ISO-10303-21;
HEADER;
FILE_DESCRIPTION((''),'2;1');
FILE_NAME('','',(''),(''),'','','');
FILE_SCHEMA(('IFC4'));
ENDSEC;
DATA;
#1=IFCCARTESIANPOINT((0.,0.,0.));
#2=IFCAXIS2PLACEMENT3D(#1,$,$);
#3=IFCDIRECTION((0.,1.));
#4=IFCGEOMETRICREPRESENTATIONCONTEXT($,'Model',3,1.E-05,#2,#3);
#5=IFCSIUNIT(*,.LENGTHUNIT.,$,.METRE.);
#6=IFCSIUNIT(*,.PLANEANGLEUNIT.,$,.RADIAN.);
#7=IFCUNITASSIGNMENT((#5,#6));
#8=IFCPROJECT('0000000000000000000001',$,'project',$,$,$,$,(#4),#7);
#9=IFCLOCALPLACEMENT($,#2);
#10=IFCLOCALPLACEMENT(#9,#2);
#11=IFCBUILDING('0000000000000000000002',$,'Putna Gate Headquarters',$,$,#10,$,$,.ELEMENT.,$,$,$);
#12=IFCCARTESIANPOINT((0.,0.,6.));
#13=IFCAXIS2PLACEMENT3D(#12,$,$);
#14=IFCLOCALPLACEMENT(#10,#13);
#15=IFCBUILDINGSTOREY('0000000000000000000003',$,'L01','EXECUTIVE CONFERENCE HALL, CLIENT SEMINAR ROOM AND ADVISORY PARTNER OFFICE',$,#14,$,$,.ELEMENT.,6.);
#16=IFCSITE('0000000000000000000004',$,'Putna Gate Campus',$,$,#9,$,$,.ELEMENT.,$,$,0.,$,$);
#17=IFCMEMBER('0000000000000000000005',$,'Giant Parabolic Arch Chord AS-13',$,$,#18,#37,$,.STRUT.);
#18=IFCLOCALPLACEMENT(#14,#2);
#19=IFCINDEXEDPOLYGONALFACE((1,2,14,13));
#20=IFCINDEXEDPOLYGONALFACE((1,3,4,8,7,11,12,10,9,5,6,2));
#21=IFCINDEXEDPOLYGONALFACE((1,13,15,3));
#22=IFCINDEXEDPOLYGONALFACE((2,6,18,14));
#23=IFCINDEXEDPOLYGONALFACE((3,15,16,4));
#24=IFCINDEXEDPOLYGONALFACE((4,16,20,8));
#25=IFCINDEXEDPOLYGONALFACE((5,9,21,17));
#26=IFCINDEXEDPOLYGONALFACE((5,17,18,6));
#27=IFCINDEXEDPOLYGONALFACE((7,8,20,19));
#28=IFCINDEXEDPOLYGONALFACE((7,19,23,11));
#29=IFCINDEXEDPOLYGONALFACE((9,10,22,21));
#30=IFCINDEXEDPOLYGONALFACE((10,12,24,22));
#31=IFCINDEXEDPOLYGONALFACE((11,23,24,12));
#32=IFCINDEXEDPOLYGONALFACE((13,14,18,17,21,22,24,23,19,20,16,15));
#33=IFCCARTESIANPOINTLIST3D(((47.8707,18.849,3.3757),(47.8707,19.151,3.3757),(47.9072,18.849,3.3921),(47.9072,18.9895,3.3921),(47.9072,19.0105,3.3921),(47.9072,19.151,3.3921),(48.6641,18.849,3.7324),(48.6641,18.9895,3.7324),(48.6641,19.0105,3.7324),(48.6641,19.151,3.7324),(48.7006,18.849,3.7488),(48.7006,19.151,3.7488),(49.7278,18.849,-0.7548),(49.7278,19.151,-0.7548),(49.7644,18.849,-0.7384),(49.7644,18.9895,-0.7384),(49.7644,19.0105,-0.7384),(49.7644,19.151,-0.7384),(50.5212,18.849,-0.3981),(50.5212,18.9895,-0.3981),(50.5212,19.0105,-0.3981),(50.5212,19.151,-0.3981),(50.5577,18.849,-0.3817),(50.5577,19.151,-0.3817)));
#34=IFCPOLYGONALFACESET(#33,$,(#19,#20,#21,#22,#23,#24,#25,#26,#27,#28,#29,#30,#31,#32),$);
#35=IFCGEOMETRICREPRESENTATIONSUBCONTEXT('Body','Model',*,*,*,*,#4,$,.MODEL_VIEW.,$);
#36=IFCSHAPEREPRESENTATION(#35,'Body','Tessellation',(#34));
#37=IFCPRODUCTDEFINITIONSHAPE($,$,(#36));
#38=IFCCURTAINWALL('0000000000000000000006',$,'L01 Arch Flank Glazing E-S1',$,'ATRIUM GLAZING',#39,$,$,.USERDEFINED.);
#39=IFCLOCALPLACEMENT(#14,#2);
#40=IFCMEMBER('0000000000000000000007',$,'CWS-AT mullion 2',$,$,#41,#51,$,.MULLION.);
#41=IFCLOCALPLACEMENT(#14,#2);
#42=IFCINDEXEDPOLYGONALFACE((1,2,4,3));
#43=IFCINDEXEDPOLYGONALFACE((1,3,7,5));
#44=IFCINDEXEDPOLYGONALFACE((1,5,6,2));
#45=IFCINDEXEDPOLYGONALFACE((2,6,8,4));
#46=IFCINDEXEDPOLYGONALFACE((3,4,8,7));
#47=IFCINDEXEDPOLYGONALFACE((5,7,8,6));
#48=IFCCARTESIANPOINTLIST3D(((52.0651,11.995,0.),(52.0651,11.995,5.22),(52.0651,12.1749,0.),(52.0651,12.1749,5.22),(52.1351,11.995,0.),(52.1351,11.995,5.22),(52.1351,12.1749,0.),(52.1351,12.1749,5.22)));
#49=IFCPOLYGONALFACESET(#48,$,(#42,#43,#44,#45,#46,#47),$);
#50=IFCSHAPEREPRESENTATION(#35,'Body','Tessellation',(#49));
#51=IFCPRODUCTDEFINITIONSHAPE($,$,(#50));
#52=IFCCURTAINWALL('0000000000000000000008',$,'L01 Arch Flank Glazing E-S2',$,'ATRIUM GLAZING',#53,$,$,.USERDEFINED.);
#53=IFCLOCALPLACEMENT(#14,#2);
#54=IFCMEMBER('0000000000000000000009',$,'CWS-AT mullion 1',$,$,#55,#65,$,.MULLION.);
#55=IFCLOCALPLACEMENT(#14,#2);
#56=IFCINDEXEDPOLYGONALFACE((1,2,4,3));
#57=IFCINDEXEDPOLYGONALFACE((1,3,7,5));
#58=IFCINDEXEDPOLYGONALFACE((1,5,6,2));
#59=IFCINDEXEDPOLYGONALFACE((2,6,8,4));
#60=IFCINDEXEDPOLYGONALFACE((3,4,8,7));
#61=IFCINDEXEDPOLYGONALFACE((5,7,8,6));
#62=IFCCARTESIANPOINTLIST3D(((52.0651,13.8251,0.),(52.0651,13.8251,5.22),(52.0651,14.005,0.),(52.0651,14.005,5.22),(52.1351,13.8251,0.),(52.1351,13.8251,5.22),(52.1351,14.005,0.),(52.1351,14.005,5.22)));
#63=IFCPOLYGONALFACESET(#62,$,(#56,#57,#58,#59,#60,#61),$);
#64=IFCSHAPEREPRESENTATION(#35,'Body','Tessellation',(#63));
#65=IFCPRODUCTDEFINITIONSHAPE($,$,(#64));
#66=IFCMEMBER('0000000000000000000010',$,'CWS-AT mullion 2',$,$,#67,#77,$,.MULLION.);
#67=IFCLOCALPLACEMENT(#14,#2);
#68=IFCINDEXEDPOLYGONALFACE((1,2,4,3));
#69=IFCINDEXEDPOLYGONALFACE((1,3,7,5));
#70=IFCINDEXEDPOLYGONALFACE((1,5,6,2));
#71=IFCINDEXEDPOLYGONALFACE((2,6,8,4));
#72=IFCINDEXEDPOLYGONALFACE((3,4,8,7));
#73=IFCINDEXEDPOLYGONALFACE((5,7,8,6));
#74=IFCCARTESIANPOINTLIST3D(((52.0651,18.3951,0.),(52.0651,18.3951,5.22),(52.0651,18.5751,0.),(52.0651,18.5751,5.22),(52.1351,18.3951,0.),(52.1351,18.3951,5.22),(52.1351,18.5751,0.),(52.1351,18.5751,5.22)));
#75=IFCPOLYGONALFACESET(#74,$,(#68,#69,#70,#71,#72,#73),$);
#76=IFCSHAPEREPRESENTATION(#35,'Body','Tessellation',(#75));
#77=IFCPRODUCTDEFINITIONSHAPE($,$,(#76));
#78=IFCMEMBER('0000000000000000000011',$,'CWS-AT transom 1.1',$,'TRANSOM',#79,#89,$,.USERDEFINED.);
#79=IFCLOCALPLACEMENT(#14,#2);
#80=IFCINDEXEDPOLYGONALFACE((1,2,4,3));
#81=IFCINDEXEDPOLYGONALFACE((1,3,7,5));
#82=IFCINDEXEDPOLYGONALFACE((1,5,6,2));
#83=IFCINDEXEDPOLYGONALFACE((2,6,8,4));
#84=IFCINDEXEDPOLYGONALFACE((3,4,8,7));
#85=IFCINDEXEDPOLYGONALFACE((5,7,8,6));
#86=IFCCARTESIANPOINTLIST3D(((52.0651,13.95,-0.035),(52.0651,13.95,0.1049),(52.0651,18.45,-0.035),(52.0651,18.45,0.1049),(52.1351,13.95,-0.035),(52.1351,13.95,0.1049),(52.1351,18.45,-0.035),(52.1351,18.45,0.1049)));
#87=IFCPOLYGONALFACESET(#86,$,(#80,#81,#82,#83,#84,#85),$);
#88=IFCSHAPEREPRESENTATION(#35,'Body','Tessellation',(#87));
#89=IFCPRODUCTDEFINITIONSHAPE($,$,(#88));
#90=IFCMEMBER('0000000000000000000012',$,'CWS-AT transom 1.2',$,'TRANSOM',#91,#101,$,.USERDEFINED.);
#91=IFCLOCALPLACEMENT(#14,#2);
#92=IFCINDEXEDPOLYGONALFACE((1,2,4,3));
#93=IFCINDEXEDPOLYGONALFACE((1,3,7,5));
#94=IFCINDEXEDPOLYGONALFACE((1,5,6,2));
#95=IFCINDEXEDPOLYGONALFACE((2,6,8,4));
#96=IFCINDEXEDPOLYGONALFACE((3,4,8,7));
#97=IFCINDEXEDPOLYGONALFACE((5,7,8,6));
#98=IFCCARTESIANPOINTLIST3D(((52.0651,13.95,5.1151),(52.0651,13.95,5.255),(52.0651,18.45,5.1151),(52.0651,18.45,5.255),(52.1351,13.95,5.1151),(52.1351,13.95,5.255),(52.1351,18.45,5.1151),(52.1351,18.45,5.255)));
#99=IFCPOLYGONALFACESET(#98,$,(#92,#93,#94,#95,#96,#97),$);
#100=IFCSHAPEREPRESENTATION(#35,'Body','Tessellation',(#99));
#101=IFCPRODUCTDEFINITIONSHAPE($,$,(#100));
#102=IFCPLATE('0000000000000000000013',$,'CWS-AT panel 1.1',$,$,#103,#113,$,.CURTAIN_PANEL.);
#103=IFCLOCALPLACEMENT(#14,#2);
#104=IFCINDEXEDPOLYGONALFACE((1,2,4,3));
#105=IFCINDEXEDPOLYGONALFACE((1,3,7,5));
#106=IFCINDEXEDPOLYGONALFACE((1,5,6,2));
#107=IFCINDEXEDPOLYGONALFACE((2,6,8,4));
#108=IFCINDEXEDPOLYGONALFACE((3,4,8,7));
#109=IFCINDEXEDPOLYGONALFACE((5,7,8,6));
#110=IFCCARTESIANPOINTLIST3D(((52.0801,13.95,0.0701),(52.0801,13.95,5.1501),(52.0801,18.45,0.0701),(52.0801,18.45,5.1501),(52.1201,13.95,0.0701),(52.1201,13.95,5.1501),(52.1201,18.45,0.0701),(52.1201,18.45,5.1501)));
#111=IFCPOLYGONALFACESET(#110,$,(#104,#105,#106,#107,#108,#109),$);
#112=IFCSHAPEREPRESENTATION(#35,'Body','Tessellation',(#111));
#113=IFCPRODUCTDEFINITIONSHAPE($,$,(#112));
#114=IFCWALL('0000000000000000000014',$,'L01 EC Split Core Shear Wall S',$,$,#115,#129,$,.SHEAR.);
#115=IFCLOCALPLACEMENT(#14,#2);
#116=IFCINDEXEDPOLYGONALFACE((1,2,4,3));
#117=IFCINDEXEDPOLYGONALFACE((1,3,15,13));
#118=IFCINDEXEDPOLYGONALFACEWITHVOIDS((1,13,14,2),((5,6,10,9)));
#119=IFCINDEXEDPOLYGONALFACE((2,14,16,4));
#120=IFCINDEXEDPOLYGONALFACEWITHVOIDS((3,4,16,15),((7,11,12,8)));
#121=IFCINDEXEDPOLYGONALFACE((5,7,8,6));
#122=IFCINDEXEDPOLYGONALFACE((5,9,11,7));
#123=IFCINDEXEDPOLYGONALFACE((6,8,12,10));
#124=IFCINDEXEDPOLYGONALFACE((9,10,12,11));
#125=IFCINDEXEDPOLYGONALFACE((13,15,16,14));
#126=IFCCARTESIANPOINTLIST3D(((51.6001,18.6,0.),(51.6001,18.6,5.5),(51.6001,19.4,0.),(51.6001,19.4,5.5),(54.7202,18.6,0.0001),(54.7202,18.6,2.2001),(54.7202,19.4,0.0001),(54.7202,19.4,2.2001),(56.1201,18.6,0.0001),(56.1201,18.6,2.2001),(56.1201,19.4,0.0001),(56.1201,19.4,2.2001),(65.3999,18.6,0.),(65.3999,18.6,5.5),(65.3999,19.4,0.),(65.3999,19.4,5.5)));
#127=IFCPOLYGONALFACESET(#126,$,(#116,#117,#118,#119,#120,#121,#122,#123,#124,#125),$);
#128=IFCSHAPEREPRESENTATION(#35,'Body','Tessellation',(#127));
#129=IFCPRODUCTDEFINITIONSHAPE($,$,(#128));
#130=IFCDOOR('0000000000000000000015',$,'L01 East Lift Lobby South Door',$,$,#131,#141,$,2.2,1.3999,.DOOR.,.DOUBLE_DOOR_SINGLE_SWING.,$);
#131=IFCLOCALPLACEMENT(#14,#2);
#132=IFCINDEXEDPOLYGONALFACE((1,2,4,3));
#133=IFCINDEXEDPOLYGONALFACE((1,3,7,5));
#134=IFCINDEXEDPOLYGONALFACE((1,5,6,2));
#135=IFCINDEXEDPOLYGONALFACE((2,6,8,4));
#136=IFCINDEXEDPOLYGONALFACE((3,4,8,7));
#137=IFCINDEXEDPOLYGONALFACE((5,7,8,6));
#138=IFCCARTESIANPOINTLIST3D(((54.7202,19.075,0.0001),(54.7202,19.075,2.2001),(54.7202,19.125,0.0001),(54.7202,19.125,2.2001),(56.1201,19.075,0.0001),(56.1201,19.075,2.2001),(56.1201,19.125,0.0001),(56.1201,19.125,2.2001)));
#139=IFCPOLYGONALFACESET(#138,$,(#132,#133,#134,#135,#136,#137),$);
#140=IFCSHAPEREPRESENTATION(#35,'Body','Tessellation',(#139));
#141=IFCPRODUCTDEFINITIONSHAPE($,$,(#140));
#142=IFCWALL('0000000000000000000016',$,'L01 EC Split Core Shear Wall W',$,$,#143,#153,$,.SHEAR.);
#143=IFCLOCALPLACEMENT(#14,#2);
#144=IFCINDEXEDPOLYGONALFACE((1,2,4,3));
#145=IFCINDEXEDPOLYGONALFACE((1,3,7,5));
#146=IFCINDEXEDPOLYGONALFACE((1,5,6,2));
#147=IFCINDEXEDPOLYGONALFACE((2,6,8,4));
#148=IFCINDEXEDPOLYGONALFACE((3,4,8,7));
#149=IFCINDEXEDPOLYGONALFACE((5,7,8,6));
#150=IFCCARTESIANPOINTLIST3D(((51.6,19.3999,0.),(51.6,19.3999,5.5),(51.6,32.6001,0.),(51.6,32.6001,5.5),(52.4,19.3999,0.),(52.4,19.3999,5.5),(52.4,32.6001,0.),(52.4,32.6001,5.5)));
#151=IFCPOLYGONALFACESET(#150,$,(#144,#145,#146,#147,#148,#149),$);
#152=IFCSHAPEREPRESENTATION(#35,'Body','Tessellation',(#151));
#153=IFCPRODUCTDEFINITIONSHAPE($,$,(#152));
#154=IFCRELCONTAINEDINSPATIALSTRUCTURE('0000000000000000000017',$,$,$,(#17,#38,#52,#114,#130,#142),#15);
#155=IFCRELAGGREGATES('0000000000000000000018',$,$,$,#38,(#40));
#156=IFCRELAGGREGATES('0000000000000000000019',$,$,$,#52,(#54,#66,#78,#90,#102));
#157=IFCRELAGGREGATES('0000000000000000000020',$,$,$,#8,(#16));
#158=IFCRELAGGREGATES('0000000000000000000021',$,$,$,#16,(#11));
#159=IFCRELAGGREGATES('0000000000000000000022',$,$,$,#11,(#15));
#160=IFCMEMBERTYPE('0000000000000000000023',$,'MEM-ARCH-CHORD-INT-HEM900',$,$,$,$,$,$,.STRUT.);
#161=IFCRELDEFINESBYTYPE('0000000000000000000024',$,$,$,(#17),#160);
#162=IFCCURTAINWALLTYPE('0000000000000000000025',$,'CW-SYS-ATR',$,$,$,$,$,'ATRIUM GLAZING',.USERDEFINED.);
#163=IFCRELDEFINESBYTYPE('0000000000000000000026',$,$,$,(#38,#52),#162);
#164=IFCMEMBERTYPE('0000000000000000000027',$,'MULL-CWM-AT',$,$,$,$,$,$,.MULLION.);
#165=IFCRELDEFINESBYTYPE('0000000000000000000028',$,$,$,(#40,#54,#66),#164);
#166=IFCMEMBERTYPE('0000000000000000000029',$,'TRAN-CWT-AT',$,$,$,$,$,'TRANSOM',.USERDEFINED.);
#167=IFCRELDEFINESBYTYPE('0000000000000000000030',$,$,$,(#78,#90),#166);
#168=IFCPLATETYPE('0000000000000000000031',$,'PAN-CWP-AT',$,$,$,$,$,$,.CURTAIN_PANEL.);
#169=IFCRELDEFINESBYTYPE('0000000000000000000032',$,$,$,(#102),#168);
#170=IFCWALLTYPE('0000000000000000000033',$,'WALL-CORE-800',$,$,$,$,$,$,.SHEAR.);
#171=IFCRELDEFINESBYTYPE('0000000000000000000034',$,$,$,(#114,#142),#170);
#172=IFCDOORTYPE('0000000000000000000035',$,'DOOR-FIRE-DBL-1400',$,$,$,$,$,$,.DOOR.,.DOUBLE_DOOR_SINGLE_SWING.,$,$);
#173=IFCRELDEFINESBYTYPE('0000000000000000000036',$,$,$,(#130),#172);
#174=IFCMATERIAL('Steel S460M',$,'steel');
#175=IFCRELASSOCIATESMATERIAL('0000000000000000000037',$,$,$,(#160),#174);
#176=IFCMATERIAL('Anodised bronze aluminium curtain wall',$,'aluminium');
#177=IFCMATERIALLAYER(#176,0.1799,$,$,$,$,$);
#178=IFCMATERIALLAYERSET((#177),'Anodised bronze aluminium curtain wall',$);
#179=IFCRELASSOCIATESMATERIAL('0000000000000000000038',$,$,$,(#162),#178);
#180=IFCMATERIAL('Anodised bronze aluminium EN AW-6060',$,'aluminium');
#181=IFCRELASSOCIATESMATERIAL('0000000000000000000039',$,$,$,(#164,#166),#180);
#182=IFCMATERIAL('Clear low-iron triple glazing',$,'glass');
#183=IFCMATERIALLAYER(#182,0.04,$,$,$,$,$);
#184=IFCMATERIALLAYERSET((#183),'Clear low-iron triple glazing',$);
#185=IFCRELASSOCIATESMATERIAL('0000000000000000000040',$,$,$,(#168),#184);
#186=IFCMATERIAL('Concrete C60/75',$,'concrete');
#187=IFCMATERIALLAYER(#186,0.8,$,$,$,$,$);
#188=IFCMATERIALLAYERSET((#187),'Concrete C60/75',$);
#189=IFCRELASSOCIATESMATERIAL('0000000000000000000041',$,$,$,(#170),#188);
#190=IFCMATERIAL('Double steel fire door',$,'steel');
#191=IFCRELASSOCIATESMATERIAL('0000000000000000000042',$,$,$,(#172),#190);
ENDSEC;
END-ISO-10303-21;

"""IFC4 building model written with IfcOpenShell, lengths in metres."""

from ifc_helpers import new_model, si_unit, direction, frame, frame_2d, origin, origin_2d, place, context, subcontext, project, spatial, rectangle, i_section, extrude, material, layer, layer_set, material_profile, profile_set, type_object, element, fill, aggregate, save


model = new_model("IFC4")

# Units and contexts
model_context = context("Model", 3, precision=1e-05, world=origin(), true_north=direction((0.0, 1.0)))
body_context = subcontext(model_context, "Body", "Model", "MODEL_VIEW")
ifc_project = project(units=[si_unit("LENGTHUNIT", "METRE"), si_unit("PLANEANGLEUNIT", "RADIAN")], contexts=[model_context])

# Site, building, storey
site_placement = place(None, origin())
site = spatial("IfcSite", under=ifc_project, at=site_placement, Name="Putna Gate Campus", CompositionType="ELEMENT", RefElevation=0.0)
building_placement = place(site_placement, origin())
building = spatial("IfcBuilding", under=site, at=building_placement, Name="Putna Gate Headquarters", CompositionType="ELEMENT")
storey_placement = place(building_placement, frame((0.0, 0.0, 6.0)))
storey = spatial("IfcBuildingStorey", under=building, at=storey_placement, Name="L01", Description="EXECUTIVE CONFERENCE HALL, CLIENT SEMINAR ROOM AND ADVISORY PARTNER OFFICE", CompositionType="ELEMENT", Elevation=6.0)

# Shared definitions
ifc_material_1 = material(Name="Concrete C60/75", Category="concrete")

# Member
ifc_material_2 = material(Name="Steel S460M", Category="steel")
ifc_material_profile_1 = material_profile(ifc_material_2, i_section(OverallWidth=0.302, OverallDepth=0.9099, WebThickness=0.021, FlangeThickness=0.04, at=origin_2d()), Name="Steel S460M")
ifc_profile_set_1 = profile_set([ifc_material_profile_1], Name="Steel S460M")
member_type_1 = type_object("IfcMemberType", Name="MEM-ARCH-CHORD-INT-HEM900", PredefinedType="STRUT", material=ifc_profile_set_1)
member_1_placement = place(storey_placement, frame((48.2856, 19.0, 3.5623), z_axis=(0.410071, 0.0, -0.912054), x_axis=(0.0, 1.0, 0.0)))
element("IfcMember", 1, at=member_1_placement, inside=storey, type_object=member_type_1, Name="Giant Parabolic Arch Chord AS-13", PredefinedType="STRUT", context=body_context, shape_type="SweptSolid", body=[
    extrude(i_section(OverallWidth=0.302, OverallDepth=0.9099, WebThickness=0.021, FlangeThickness=0.04, at=origin_2d()), origin(), (0.0, 0.0, 1.0), 4.5288),
])

# Curtain wall, member
ifc_material_3 = material(Name="Anodised bronze aluminium curtain wall", Category="aluminium")
ifc_layer_1 = layer(ifc_material_3, 0.1799)
ifc_layer_set_1 = layer_set([ifc_layer_1], Name="Anodised bronze aluminium curtain wall")
curtain_wall_type = type_object("IfcCurtainWallType", Name="CW-SYS-ATR", ElementType="ATRIUM GLAZING", PredefinedType="USERDEFINED", material=ifc_layer_set_1)
curtain_wall_1_placement = place(storey_placement, origin())
curtain_wall_1 = element("IfcCurtainWall", 2, at=curtain_wall_1_placement, inside=storey, type_object=curtain_wall_type, Name="L01 Arch Flank Glazing E-S1", ObjectType="ATRIUM GLAZING", PredefinedType="USERDEFINED")
ifc_material_4 = material(Name="Anodised bronze aluminium EN AW-6060", Category="aluminium")
ifc_material_profile_2 = material_profile(ifc_material_4, rectangle(XDim=0.0701, YDim=0.1799, at=origin_2d()), Name="Anodised bronze aluminium EN AW-6060")
ifc_profile_set_2 = profile_set([ifc_material_profile_2], Name="Anodised bronze aluminium EN AW-6060")
member_type_2 = type_object("IfcMemberType", Name="MULL-CWM-AT", PredefinedType="MULLION", material=ifc_profile_set_2)
member_2_placement = place(storey_placement, frame((52.1001, 12.085, 0.0), z_axis=(0.0, 0.0, 1.0), x_axis=(-1.0, 0.0, 0.0)))
member_2 = element("IfcMember", 3, at=member_2_placement, type_object=member_type_2, Name="CWS-AT mullion 2", PredefinedType="MULLION", context=body_context, shape_type="SweptSolid", body=[
    extrude(rectangle(XDim=0.0701, YDim=0.1799, at=origin_2d()), origin(), (0.0, 0.0, 1.0), 5.22),
])
aggregate(curtain_wall_1, [member_2])

# Curtain wall, members, plate
curtain_wall_2_placement = place(storey_placement, origin())
curtain_wall_2 = element("IfcCurtainWall", 4, at=curtain_wall_2_placement, inside=storey, type_object=curtain_wall_type, Name="L01 Arch Flank Glazing E-S2", ObjectType="ATRIUM GLAZING", PredefinedType="USERDEFINED")
member_3_placement = place(storey_placement, frame((52.1001, 13.915, 0.0), z_axis=(0.0, 0.0, 1.0), x_axis=(-1.0, 0.0, 0.0)))
member_3 = element("IfcMember", 5, at=member_3_placement, type_object=member_type_2, Name="CWS-AT mullion 1", PredefinedType="MULLION", context=body_context, shape_type="SweptSolid", body=[
    extrude(rectangle(XDim=0.0701, YDim=0.1799, at=origin_2d()), origin(), (0.0, 0.0, 1.0), 5.22),
])
member_4_placement = place(storey_placement, frame((52.1001, 18.4851, 0.0), z_axis=(0.0, 0.0, 1.0), x_axis=(-1.0, 0.0, 0.0)))
member_4 = element("IfcMember", 6, at=member_4_placement, type_object=member_type_2, Name="CWS-AT mullion 2", PredefinedType="MULLION", context=body_context, shape_type="SweptSolid", body=[
    extrude(rectangle(XDim=0.0701, YDim=0.1799, at=origin_2d()), origin(), (0.0, 0.0, 1.0), 5.22),
])
ifc_material_profile_3 = material_profile(ifc_material_4, rectangle(XDim=0.0701, YDim=0.1399, at=origin_2d()), Name="Anodised bronze aluminium EN AW-6060")
ifc_profile_set_3 = profile_set([ifc_material_profile_3], Name="Anodised bronze aluminium EN AW-6060")
member_type_3 = type_object("IfcMemberType", Name="TRAN-CWT-AT", ElementType="TRANSOM", PredefinedType="USERDEFINED", material=ifc_profile_set_3)
member_5_placement = place(storey_placement, frame((52.1001, 13.95, 0.0349), z_axis=(0.0, 1.0, 0.0), x_axis=(-1.0, 0.0, 0.0)))
member_5 = element("IfcMember", 7, at=member_5_placement, type_object=member_type_3, Name="CWS-AT transom 1.1", ObjectType="TRANSOM", PredefinedType="USERDEFINED", context=body_context, shape_type="SweptSolid", body=[
    extrude(rectangle(XDim=0.0701, YDim=0.1399, at=origin_2d()), origin(), (0.0, 0.0, 1.0), 4.5),
])
member_6_placement = place(storey_placement, frame((52.1001, 13.95, 5.1851), z_axis=(0.0, 1.0, 0.0), x_axis=(-1.0, 0.0, 0.0)))
member_6 = element("IfcMember", 8, at=member_6_placement, type_object=member_type_3, Name="CWS-AT transom 1.2", ObjectType="TRANSOM", PredefinedType="USERDEFINED", context=body_context, shape_type="SweptSolid", body=[
    extrude(rectangle(XDim=0.0701, YDim=0.1399, at=origin_2d()), origin(), (0.0, 0.0, 1.0), 4.5),
])
ifc_material_5 = material(Name="Clear low-iron triple glazing", Category="glass")
ifc_layer_2 = layer(ifc_material_5, 0.04)
ifc_layer_set_2 = layer_set([ifc_layer_2], Name="Clear low-iron triple glazing")
plate_type = type_object("IfcPlateType", Name="PAN-CWP-AT", PredefinedType="CURTAIN_PANEL", material=ifc_layer_set_2)
plate_placement = place(storey_placement, frame((52.1001, 16.2, 0.0701), z_axis=(0.0, 0.0, 1.0), x_axis=(0.0, 1.0, 0.0)))
plate = element("IfcPlate", 9, at=plate_placement, type_object=plate_type, Name="CWS-AT panel 1.1", PredefinedType="CURTAIN_PANEL", context=body_context, shape_type="SweptSolid", body=[
    extrude(rectangle(XDim=4.5, YDim=0.04, at=origin_2d()), origin(), (0.0, 0.0, 1.0), 5.0801),
])
aggregate(curtain_wall_2, [member_3, member_4, member_5, member_6, plate])

# Wall, opening, door
ifc_layer_3 = layer(ifc_material_1, 0.8)
ifc_layer_set_3 = layer_set([ifc_layer_3], Name="Concrete C60/75")
wall_type_1 = type_object("IfcWallType", Name="WALL-CORE-800", PredefinedType="SHEAR", material=ifc_layer_set_3)
wall_1_placement = place(storey_placement, frame((51.6001, 19.0, 0.0), z_axis=(0.0, 0.0, 1.0), x_axis=(1.0, 0.0, 0.0)))
wall_1 = element("IfcWall", 10, at=wall_1_placement, inside=storey, type_object=wall_type_1, Name="L01 EC Split Core Shear Wall S", PredefinedType="SHEAR", context=body_context, shape_type="SweptSolid", body=[
    extrude(rectangle(XDim=13.7998, YDim=0.8, at=frame_2d((6.8999, 0.0))), origin(), (0.0, 0.0, 1.0), 5.5),
])
opening_1_placement = place(wall_1_placement, frame((3.1201, 0.0, 0.0)))
opening_1 = element("IfcOpeningElement", 11, at=opening_1_placement, cuts=wall_1, PredefinedType="OPENING", context=body_context, shape_type="SweptSolid", body=[
    extrude(rectangle(XDim=1.3999, YDim=2.2, at=frame_2d((0.7, 1.1001))), frame((0.0, 0.4099, 0.0), z_axis=(0.0, -1.0, 0.0), x_axis=(1.0, 0.0, 0.0)), (0.0, 0.0, 1.0), 0.8201),
])
ifc_material_6 = material(Name="Double steel fire door", Category="steel")
door_type_1 = type_object("IfcDoorType", Name="DOOR-FIRE-DBL-1400", OperationType="DOUBLE_DOOR_SINGLE_SWING", PredefinedType="DOOR", material=ifc_material_6)
door_1_placement = place(opening_1_placement, origin())
door_1 = element("IfcDoor", 12, at=door_1_placement, inside=storey, type_object=door_type_1, Name="L01 East Lift Lobby South Door", OperationType="DOUBLE_DOOR_SINGLE_SWING", OverallHeight=2.2, OverallWidth=1.3999, PredefinedType="DOOR", context=body_context, shape_type="SweptSolid", body=[
    extrude(rectangle(XDim=1.3999, YDim=2.2, at=frame_2d((0.7, 1.1001))), frame((0.0, 0.125, 0.0), z_axis=(0.0, -1.0, 0.0), x_axis=(1.0, 0.0, 0.0)), (0.0, 0.0, 1.0), 0.05),
])
fill(opening_1, door_1)

# Wall
wall_2_placement = place(storey_placement, frame((52.0, 19.3999, 0.0), z_axis=(0.0, 0.0, 1.0), x_axis=(0.0, 1.0, 0.0)))
element("IfcWall", 13, at=wall_2_placement, inside=storey, type_object=wall_type_1, Name="L01 EC Split Core Shear Wall W", PredefinedType="SHEAR", context=body_context, shape_type="SweptSolid", body=[
    extrude(rectangle(XDim=13.2002, YDim=0.8, at=frame_2d((6.6001, 0.0))), origin(), (0.0, 0.0, 1.0), 5.5),
])

save(model, "model.ifc")
